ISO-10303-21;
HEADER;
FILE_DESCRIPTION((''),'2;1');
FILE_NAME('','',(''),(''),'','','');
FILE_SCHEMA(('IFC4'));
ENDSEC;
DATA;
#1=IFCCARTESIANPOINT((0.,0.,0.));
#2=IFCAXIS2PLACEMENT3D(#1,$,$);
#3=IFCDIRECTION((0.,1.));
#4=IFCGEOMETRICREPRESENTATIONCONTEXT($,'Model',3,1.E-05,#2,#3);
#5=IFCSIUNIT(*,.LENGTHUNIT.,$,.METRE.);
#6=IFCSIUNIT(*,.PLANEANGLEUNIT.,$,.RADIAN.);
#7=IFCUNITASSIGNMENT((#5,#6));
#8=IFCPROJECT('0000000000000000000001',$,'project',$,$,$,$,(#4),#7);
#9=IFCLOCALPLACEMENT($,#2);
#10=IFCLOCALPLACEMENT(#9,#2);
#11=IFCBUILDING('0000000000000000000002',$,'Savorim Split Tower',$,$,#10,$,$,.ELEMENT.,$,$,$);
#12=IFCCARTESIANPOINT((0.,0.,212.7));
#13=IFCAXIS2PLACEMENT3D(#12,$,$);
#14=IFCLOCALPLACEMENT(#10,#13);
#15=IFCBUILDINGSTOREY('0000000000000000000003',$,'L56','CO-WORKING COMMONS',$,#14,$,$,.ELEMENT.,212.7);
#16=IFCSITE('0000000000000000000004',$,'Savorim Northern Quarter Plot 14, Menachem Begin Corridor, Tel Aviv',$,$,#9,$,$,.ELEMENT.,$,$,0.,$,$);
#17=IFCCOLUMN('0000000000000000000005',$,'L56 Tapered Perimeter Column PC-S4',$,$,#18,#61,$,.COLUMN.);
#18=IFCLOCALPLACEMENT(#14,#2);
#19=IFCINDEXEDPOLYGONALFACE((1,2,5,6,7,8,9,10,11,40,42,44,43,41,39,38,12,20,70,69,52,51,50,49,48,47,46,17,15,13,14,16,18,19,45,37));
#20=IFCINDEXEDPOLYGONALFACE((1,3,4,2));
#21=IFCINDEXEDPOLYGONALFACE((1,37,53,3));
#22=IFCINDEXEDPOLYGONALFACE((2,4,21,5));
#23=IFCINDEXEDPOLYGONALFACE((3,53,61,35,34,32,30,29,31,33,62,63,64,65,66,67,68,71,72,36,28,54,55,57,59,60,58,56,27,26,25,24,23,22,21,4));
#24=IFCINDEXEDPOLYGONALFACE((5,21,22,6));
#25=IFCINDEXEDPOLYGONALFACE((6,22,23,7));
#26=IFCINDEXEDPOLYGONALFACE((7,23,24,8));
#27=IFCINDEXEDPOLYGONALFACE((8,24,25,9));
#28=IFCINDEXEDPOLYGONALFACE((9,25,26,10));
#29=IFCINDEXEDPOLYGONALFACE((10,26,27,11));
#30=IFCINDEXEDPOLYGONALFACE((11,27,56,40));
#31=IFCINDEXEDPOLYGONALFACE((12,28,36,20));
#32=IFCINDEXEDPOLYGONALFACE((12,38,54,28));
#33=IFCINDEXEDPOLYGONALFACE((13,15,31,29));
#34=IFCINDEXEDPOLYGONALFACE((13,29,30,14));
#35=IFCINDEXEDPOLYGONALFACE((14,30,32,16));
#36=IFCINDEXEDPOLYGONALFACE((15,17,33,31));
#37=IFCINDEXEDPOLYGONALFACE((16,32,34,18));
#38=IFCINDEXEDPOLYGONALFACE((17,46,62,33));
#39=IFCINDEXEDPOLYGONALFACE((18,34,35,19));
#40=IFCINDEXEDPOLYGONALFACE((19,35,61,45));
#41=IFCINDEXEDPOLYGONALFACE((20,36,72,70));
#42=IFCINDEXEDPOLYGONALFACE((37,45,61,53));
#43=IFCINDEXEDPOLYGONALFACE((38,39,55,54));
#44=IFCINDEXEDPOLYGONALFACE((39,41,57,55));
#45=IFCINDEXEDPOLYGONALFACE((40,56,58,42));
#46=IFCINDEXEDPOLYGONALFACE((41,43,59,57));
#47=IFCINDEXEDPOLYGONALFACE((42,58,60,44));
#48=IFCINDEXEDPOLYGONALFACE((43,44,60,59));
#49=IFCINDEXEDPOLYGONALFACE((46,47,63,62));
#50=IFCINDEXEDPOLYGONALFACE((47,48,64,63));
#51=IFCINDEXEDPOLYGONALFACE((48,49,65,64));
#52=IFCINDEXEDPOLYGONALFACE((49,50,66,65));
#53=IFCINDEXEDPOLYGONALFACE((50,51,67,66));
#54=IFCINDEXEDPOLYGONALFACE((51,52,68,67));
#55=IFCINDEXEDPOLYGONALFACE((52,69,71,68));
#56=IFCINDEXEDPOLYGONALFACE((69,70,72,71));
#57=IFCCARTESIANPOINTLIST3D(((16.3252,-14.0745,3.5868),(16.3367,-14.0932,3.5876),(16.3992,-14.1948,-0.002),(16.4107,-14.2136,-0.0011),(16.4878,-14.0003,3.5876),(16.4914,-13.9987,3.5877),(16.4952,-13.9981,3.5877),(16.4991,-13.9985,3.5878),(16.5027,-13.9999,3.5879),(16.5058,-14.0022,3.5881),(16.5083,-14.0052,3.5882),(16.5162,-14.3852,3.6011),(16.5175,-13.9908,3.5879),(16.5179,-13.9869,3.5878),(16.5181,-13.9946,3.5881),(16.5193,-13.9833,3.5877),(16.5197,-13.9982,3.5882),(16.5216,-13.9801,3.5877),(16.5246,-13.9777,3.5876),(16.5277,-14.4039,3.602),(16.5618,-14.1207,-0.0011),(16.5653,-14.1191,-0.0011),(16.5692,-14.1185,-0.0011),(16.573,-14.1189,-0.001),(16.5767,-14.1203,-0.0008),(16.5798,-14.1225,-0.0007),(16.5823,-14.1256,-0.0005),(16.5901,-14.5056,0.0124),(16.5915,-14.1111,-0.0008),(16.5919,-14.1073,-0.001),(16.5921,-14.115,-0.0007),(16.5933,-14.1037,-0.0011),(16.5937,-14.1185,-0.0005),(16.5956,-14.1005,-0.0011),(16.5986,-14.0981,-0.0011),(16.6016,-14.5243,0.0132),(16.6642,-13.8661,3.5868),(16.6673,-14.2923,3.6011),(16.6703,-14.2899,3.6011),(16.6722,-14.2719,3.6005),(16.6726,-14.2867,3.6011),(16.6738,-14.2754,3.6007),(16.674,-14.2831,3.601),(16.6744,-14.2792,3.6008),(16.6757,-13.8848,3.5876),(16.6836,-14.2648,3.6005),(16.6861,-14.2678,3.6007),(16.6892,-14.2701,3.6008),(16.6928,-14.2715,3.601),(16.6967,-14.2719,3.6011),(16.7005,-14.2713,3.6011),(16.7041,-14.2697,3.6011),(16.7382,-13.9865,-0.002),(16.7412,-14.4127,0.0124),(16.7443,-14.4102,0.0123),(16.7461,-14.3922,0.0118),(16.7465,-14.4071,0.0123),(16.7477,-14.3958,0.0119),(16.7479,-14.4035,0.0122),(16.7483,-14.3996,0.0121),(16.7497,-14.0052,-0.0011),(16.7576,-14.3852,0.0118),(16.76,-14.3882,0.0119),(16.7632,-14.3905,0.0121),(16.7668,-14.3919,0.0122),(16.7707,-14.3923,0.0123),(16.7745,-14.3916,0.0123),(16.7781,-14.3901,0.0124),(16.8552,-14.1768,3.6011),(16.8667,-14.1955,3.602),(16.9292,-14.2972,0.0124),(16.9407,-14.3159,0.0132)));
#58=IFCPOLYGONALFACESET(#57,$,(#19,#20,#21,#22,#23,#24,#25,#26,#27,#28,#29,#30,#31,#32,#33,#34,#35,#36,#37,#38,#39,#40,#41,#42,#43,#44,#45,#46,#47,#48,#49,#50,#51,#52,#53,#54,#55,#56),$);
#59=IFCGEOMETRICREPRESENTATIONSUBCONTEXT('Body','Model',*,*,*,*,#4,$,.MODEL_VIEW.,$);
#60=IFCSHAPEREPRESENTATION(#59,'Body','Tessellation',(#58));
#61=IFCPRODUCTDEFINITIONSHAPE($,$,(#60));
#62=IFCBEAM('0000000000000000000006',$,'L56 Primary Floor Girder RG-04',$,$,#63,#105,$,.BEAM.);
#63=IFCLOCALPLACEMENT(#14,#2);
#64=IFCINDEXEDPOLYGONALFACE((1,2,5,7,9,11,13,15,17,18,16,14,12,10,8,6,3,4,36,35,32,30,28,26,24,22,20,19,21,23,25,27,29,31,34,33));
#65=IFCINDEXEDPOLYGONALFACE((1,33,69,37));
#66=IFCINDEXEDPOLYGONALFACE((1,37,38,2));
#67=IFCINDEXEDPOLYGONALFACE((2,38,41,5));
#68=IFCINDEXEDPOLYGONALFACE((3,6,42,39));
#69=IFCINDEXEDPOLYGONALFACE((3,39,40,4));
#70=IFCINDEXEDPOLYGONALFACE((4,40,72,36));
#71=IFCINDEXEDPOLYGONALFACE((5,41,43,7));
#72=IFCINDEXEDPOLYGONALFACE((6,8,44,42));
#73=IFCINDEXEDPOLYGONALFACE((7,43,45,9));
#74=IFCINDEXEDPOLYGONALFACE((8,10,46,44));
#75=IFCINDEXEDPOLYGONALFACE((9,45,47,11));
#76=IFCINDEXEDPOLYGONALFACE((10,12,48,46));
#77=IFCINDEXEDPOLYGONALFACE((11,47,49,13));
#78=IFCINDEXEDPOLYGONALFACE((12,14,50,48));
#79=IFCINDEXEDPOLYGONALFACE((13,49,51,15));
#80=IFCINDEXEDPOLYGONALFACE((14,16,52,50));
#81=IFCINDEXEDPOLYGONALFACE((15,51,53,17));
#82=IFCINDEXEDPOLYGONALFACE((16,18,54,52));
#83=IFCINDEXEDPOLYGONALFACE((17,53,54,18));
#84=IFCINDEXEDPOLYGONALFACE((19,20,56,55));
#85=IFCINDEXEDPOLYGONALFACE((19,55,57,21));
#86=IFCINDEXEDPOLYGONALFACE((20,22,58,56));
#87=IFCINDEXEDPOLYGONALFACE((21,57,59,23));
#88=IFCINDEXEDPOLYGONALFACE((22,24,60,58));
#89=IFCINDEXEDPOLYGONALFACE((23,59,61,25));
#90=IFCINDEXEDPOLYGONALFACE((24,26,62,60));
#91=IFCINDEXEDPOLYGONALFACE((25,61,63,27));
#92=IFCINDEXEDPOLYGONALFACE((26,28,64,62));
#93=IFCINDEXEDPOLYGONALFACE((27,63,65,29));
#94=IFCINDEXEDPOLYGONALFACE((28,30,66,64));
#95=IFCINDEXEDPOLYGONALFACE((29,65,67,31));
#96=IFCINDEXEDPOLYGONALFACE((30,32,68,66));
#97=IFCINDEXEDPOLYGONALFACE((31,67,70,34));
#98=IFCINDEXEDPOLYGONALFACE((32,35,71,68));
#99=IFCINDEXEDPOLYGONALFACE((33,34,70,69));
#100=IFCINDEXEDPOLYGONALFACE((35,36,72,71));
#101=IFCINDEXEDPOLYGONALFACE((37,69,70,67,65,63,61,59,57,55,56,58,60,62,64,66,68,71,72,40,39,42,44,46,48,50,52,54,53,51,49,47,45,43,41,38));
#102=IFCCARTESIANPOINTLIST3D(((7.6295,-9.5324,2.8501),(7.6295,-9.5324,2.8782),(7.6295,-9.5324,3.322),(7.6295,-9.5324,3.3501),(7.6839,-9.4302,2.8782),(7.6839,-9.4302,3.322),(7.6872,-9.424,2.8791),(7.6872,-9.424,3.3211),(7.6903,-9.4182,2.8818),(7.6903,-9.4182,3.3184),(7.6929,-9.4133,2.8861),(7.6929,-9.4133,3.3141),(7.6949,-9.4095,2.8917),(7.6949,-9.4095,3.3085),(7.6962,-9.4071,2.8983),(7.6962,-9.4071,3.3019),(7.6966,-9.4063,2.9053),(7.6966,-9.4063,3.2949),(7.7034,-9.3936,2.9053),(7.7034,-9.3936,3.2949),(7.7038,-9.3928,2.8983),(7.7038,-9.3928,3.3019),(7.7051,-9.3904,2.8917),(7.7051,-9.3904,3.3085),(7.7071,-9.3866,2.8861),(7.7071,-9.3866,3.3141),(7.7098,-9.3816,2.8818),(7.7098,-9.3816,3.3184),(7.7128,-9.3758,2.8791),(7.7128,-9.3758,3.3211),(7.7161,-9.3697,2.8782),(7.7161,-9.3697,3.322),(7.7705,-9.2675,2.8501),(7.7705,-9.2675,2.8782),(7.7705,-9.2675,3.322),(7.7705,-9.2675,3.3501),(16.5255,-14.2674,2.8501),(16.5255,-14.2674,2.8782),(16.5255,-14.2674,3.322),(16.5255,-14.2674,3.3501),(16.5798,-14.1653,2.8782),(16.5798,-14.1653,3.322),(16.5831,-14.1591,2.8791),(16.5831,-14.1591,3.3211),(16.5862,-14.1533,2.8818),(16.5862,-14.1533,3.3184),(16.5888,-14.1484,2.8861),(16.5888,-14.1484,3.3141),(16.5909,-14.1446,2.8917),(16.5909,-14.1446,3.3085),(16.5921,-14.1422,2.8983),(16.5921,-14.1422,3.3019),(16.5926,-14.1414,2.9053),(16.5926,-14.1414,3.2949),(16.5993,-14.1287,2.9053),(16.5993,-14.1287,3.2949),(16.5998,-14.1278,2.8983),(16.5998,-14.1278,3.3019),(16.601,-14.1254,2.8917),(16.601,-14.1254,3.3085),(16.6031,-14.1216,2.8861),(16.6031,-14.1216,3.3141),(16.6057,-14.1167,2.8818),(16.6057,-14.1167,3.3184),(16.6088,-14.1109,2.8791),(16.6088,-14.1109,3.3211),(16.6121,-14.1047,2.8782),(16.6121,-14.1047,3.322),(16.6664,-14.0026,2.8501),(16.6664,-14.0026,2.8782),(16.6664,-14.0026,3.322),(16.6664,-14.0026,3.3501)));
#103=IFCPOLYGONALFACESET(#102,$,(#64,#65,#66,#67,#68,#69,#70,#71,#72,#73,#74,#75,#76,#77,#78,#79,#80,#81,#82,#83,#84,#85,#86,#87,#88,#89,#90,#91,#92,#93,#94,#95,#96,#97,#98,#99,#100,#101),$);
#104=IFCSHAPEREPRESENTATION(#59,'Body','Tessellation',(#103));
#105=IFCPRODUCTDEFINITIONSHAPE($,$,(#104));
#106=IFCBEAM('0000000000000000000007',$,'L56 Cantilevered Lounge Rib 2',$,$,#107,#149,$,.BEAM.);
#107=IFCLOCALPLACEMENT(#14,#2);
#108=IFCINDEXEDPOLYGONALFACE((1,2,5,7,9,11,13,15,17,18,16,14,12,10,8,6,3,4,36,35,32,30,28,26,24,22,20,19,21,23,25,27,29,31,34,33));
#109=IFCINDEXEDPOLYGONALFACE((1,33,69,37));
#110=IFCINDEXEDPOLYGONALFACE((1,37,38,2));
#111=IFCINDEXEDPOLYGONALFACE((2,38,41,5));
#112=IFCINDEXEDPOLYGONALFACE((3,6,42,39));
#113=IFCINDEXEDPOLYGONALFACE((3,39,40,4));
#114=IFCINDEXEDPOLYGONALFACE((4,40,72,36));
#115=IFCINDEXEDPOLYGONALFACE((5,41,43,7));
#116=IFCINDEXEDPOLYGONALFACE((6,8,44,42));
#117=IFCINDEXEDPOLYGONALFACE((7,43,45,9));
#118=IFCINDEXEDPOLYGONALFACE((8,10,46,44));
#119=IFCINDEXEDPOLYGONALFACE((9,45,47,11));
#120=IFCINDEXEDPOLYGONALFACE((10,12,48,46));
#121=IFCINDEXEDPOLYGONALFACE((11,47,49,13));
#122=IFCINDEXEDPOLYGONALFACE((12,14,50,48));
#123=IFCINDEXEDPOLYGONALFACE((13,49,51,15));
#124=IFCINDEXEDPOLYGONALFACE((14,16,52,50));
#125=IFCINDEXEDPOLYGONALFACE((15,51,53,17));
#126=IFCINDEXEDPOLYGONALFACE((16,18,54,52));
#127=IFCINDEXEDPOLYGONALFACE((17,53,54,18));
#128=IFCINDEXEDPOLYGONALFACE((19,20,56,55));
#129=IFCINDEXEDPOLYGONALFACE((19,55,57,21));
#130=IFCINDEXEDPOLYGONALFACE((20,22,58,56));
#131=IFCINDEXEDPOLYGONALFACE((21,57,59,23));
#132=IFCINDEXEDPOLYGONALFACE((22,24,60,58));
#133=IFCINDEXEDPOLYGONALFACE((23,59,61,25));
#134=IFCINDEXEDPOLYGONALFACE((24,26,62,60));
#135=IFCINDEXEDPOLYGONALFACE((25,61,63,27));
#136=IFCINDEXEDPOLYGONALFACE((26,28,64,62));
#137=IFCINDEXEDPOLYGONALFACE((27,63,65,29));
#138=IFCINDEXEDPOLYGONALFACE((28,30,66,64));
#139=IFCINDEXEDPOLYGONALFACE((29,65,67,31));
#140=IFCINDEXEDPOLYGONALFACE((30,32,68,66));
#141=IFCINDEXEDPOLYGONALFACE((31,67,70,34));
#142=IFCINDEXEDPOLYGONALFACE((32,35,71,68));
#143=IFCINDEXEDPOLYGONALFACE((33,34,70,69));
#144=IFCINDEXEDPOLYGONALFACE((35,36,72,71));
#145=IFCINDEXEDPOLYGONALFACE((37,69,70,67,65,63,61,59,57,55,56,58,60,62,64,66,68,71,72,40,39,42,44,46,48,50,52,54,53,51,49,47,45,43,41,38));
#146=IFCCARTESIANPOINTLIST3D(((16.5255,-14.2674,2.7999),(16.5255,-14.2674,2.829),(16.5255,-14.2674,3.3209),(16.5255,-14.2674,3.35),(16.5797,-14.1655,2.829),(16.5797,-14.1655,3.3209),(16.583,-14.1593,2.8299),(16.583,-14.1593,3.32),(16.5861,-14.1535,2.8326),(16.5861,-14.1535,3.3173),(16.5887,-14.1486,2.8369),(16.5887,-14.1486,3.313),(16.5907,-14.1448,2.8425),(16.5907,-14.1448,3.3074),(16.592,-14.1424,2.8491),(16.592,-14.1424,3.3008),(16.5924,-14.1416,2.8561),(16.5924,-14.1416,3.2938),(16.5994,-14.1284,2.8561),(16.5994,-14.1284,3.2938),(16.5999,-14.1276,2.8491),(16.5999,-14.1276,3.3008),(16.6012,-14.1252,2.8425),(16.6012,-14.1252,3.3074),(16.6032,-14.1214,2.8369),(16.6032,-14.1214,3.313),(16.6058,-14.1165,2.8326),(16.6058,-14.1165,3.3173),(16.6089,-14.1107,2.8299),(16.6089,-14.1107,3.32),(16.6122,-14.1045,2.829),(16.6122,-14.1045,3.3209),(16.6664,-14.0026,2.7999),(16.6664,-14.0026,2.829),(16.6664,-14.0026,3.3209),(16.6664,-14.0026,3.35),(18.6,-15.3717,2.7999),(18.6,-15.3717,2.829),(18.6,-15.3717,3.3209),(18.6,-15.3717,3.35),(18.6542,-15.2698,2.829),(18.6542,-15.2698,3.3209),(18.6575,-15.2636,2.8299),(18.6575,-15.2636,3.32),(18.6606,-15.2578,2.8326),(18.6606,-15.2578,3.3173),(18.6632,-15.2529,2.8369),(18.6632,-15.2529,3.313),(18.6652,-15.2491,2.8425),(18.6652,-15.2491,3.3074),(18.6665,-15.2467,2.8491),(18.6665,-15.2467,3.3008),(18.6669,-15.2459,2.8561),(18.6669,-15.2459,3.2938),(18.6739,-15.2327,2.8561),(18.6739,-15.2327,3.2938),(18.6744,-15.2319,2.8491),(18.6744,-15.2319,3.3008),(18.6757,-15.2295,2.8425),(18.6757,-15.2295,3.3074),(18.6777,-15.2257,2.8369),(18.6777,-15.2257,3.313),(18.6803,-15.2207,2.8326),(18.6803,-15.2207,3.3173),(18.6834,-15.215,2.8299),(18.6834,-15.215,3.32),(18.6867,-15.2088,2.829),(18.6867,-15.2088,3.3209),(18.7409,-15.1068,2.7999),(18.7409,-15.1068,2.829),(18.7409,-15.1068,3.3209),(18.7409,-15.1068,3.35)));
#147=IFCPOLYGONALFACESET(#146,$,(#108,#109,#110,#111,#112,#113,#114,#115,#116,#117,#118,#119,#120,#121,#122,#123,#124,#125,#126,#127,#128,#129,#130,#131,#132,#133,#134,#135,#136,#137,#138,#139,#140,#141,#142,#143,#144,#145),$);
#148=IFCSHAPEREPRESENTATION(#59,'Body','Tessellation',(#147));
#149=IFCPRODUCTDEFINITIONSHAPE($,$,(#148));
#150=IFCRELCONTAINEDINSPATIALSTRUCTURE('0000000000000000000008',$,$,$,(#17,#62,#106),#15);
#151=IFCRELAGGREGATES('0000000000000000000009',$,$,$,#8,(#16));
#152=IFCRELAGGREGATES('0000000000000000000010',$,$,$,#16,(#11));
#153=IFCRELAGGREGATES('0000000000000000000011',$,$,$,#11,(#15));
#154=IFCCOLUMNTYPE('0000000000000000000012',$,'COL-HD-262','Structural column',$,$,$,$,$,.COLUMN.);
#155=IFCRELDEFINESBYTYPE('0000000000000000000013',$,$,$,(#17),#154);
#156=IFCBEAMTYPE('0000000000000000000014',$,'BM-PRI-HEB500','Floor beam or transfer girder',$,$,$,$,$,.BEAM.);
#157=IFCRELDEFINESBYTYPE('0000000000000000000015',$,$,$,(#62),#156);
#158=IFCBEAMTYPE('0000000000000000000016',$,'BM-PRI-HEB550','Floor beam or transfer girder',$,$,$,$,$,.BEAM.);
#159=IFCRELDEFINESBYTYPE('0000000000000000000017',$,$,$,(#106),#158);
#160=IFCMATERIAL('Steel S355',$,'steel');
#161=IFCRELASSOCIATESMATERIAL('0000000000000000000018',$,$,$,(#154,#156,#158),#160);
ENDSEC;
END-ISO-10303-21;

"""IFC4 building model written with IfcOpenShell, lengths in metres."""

from ifc_helpers import new_model, si_unit, direction, frame, origin, origin_2d, place, context, subcontext, project, spatial, i_section, extrude, material, material_profile, profile_set, type_object, element, save


model = new_model("IFC4")

# Units and contexts
model_context = context("Model", 3, precision=1e-05, world=origin(), true_north=direction((0.0, 1.0)))
body_context = subcontext(model_context, "Body", "Model", "MODEL_VIEW")
ifc_project = project(units=[si_unit("LENGTHUNIT", "METRE"), si_unit("PLANEANGLEUNIT", "RADIAN")], contexts=[model_context])

# Site, building, storey
site_placement = place(None, origin())
site = spatial("IfcSite", under=ifc_project, at=site_placement, Name="Savorim Northern Quarter Plot 14, Menachem Begin Corridor, Tel Aviv", CompositionType="ELEMENT", RefElevation=0.0)
building_placement = place(site_placement, origin())
building = spatial("IfcBuilding", under=site, at=building_placement, Name="Savorim Split Tower", CompositionType="ELEMENT")
storey_placement = place(building_placement, frame((0.0, 0.0, 212.7)))
storey = spatial("IfcBuildingStorey", under=building, at=storey_placement, Name="L56", Description="CO-WORKING COMMONS", CompositionType="ELEMENT", Elevation=212.7)

# Column
ifc_material_1 = material(Name="Steel S355", Category="steel")
ifc_material_profile_1 = material_profile(ifc_material_1, i_section(OverallWidth=0.3979, OverallDepth=0.387, WebThickness=0.0134, FlangeThickness=0.022, FilletRadius=0.0149, at=origin_2d()), Name="HD 400x262")
ifc_profile_set_1 = profile_set([ifc_material_profile_1], Name="Steel S355")
column_type = type_object("IfcColumnType", Name="COL-HD-262", Description="Structural column", PredefinedType="COLUMN", material=ifc_profile_set_1)
column_placement = place(storey_placement, frame((16.6699, -14.2554, 0.0056), z_axis=(-0.020596, 0.033511, 0.999226), x_axis=(-0.851955, -0.523615, 0.0)))
element("IfcColumn", 1, at=column_placement, inside=storey, type_object=column_type, Name="L56 Tapered Perimeter Column PC-S4", PredefinedType="COLUMN", context=body_context, shape_type="SweptSolid", body=[
    extrude(i_section(OverallWidth=0.3979, OverallDepth=0.387, WebThickness=0.0134, FlangeThickness=0.022, FilletRadius=0.0149, at=origin_2d()), origin(), (0.0, 0.0, 1.0), 3.5916),
])

# Beams
ifc_material_profile_2 = material_profile(ifc_material_1, i_section(OverallWidth=0.3, OverallDepth=0.5, WebThickness=0.0144, FlangeThickness=0.0281, FilletRadius=0.0271, at=origin_2d()), Name="HEB 500")
ifc_profile_set_2 = profile_set([ifc_material_profile_2], Name="Steel S355")
beam_type_1 = type_object("IfcBeamType", Name="BM-PRI-HEB500", Description="Floor beam or transfer girder", PredefinedType="BEAM", material=ifc_profile_set_2)
beam_1_placement = place(storey_placement, frame((16.5959, -14.135, 3.1001), z_axis=(-0.882741, 0.46986, 0.0), x_axis=(-0.46986, -0.882741, 0.0)))
element("IfcBeam", 2, at=beam_1_placement, inside=storey, type_object=beam_type_1, Name="L56 Primary Floor Girder RG-04", PredefinedType="BEAM", context=body_context, shape_type="SweptSolid", body=[
    extrude(i_section(OverallWidth=0.3, OverallDepth=0.5, WebThickness=0.0144, FlangeThickness=0.0281, FilletRadius=0.0271, at=origin_2d()), origin(), (0.0, 0.0, 1.0), 10.0776),
])
ifc_material_profile_3 = material_profile(ifc_material_1, i_section(OverallWidth=0.3, OverallDepth=0.55, WebThickness=0.0149, FlangeThickness=0.0291, FilletRadius=0.0271, at=origin_2d()), Name="HEB 550")
ifc_profile_set_3 = profile_set([ifc_material_profile_3], Name="Steel S355")
beam_type_2 = type_object("IfcBeamType", Name="BM-PRI-HEB550", Description="Floor beam or transfer girder", PredefinedType="BEAM", material=ifc_profile_set_3)
beam_2_placement = place(storey_placement, frame((16.5959, -14.135, 3.075), z_axis=(0.882729, -0.469882, 0.0), x_axis=(0.469882, 0.882729, 0.0)))
element("IfcBeam", 3, at=beam_2_placement, inside=storey, type_object=beam_type_2, Name="L56 Cantilevered Lounge Rib 2", PredefinedType="BEAM", context=body_context, shape_type="SweptSolid", body=[
    extrude(i_section(OverallWidth=0.3, OverallDepth=0.55, WebThickness=0.0149, FlangeThickness=0.0291, FilletRadius=0.0271, at=origin_2d()), origin(), (0.0, 0.0, 1.0), 2.3501),
])

save(model, "model.ifc")
